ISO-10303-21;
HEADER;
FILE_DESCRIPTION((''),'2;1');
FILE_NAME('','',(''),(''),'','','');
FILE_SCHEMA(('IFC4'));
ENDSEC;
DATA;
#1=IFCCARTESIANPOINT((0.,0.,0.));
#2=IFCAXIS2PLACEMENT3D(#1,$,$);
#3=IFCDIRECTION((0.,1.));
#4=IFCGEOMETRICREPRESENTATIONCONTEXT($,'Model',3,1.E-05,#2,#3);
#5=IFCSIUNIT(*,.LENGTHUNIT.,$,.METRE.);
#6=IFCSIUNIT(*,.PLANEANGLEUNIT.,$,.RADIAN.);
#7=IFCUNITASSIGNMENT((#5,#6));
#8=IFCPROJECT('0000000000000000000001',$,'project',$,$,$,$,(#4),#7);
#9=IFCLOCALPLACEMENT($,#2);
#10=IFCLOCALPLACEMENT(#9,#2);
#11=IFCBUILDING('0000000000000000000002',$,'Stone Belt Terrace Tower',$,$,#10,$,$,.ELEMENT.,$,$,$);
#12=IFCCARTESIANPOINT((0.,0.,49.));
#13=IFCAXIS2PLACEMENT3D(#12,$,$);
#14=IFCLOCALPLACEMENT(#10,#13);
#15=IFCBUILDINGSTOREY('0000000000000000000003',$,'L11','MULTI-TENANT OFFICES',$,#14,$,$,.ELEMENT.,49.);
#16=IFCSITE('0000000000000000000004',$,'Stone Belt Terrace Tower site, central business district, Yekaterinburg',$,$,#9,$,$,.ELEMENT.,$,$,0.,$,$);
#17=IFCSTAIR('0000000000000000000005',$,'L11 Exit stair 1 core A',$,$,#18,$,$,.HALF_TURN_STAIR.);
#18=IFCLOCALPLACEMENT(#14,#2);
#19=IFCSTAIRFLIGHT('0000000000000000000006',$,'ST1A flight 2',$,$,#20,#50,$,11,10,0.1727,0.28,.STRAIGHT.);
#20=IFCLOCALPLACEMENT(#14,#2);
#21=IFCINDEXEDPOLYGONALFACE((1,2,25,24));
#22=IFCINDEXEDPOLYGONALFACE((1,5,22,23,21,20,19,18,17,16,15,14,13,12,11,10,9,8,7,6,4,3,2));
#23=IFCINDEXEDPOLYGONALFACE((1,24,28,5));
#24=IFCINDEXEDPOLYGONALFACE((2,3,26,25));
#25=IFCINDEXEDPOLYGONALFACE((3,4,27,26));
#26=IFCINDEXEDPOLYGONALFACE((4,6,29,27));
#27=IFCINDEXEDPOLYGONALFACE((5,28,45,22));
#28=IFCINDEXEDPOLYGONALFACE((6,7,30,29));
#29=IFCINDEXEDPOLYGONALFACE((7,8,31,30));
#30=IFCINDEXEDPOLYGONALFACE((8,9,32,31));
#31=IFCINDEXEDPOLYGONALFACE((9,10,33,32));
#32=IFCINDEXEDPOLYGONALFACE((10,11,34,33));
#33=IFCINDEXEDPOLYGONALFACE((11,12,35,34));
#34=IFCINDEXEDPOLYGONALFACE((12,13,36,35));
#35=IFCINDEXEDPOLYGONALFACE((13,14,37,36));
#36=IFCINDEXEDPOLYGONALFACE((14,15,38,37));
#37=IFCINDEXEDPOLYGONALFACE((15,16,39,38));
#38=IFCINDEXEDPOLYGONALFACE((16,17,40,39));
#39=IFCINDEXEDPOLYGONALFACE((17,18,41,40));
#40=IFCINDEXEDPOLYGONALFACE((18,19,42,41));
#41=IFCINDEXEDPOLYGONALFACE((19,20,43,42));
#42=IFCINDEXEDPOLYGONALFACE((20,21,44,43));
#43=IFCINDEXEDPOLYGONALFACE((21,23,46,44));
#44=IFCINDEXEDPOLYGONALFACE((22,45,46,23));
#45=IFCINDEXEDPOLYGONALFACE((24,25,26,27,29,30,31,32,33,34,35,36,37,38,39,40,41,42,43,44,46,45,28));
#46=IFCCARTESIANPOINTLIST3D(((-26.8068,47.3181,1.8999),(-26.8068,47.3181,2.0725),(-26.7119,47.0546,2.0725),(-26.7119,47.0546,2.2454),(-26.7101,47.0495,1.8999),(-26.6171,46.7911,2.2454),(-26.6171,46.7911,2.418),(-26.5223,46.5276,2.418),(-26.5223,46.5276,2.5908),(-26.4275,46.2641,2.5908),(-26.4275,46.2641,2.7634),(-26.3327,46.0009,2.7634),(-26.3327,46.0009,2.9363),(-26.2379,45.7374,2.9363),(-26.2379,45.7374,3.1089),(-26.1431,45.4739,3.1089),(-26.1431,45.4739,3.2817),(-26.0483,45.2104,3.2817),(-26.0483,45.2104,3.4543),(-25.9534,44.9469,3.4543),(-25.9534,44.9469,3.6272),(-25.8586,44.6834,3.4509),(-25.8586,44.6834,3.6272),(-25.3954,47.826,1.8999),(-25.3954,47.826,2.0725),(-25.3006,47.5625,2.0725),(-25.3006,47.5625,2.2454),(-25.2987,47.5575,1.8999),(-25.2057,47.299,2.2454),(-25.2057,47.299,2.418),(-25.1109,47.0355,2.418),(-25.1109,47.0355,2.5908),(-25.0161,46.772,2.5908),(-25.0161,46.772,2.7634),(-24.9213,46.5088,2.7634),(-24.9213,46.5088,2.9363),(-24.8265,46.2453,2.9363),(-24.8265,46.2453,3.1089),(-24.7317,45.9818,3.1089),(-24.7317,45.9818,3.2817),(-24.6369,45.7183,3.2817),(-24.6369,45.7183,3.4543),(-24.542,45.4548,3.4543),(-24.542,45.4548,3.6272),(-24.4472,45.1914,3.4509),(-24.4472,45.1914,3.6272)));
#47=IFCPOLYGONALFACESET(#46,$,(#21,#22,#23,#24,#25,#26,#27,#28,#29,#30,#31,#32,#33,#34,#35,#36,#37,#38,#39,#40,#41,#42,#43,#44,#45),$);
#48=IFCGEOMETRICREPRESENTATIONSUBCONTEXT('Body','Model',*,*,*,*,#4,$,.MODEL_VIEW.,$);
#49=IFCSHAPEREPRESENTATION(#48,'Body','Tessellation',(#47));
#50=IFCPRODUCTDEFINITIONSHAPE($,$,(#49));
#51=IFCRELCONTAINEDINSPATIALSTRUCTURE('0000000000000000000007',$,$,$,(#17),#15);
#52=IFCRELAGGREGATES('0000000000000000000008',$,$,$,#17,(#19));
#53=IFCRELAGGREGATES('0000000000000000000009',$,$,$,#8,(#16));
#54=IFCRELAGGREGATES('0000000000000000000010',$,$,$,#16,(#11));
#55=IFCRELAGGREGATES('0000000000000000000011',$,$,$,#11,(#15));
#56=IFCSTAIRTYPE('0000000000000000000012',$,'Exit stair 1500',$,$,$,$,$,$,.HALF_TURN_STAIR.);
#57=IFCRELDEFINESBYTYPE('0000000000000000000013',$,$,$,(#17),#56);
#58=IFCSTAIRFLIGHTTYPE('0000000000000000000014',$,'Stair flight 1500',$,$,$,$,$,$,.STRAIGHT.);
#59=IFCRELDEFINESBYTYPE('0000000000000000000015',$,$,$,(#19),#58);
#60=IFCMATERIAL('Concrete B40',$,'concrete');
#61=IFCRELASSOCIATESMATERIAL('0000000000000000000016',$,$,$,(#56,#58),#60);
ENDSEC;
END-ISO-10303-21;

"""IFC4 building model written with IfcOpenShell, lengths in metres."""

from ifc_helpers import new_model, si_unit, direction, frame, origin, place, context, subcontext, project, spatial, polyline, outline, extrude, material, type_object, element, aggregate, save


model = new_model("IFC4")

# Units and contexts
model_context = context("Model", 3, precision=1e-05, world=origin(), true_north=direction((0.0, 1.0)))
body_context = subcontext(model_context, "Body", "Model", "MODEL_VIEW")
ifc_project = project(units=[si_unit("LENGTHUNIT", "METRE"), si_unit("PLANEANGLEUNIT", "RADIAN")], contexts=[model_context])

# Site, building, storey
site_placement = place(None, origin())
site = spatial("IfcSite", under=ifc_project, at=site_placement, Name="Stone Belt Terrace Tower site, central business district, Yekaterinburg", CompositionType="ELEMENT", RefElevation=0.0)
building_placement = place(site_placement, origin())
building = spatial("IfcBuilding", under=site, at=building_placement, Name="Stone Belt Terrace Tower", CompositionType="ELEMENT")
storey_placement = place(building_placement, frame((0.0, 0.0, 49.0)))
storey = spatial("IfcBuildingStorey", under=building, at=storey_placement, Name="L11", Description="MULTI-TENANT OFFICES", CompositionType="ELEMENT", Elevation=49.0)

# Stair, stair flight
ifc_material_1 = material(Name="Concrete B40", Category="concrete")
stair_type = type_object("IfcStairType", Name="Exit stair 1500", PredefinedType="HALF_TURN_STAIR", material=ifc_material_1)
stair_placement = place(storey_placement, origin())
stair = element("IfcStair", 1, at=stair_placement, inside=storey, type_object=stair_type, Name="L11 Exit stair 1 core A", PredefinedType="HALF_TURN_STAIR")
stair_flight_type = type_object("IfcStairFlightType", Name="Stair flight 1500", PredefinedType="STRAIGHT", material=ifc_material_1)
stair_flight_1_placement = place(storey_placement, frame((-26.1011, 47.572, 1.8999), z_axis=(0.0, 0.0, 1.0), x_axis=(0.338624, -0.940922, 0.0)))
stair_flight_1 = element("IfcStairFlight", 2, at=stair_flight_1_placement, type_object=stair_flight_type, Name="ST1A flight 2", NumberOfRisers=11, NumberOfTreads=10, PredefinedType="STRAIGHT", RiserHeight=0.1727, TreadLength=0.28, context=body_context, shape_type="SweptSolid", body=[
    extrude(outline(polyline([(0.0, 0.0), (0.0, 0.1726), (0.28, 0.1726), (0.28, 0.3455), (0.5601, 0.3455), (0.5601, 0.5181), (0.8401, 0.5181), (0.8401, 0.6909), (1.1201, 0.6909), (1.1201, 0.8635), (1.3999, 0.8635), (1.3999, 1.0364), (1.6799, 1.0364), (1.6799, 1.209), (1.96, 1.209), (1.96, 1.3818), (2.24, 1.3818), (2.24, 1.5544), (2.52, 1.5544), (2.52, 1.7273), (2.8, 1.7273), (2.8, 1.8999), (2.8, 1.551), (0.2854, 0.0), (0.0, 0.0)])), frame((0.0, 0.75, 0.0), z_axis=(0.0, -1.0, 0.0), x_axis=(1.0, 0.0, 0.0)), (0.0, 0.0, 1.0), 1.5),
])
aggregate(stair, [stair_flight_1])

save(model, "model.ifc")
